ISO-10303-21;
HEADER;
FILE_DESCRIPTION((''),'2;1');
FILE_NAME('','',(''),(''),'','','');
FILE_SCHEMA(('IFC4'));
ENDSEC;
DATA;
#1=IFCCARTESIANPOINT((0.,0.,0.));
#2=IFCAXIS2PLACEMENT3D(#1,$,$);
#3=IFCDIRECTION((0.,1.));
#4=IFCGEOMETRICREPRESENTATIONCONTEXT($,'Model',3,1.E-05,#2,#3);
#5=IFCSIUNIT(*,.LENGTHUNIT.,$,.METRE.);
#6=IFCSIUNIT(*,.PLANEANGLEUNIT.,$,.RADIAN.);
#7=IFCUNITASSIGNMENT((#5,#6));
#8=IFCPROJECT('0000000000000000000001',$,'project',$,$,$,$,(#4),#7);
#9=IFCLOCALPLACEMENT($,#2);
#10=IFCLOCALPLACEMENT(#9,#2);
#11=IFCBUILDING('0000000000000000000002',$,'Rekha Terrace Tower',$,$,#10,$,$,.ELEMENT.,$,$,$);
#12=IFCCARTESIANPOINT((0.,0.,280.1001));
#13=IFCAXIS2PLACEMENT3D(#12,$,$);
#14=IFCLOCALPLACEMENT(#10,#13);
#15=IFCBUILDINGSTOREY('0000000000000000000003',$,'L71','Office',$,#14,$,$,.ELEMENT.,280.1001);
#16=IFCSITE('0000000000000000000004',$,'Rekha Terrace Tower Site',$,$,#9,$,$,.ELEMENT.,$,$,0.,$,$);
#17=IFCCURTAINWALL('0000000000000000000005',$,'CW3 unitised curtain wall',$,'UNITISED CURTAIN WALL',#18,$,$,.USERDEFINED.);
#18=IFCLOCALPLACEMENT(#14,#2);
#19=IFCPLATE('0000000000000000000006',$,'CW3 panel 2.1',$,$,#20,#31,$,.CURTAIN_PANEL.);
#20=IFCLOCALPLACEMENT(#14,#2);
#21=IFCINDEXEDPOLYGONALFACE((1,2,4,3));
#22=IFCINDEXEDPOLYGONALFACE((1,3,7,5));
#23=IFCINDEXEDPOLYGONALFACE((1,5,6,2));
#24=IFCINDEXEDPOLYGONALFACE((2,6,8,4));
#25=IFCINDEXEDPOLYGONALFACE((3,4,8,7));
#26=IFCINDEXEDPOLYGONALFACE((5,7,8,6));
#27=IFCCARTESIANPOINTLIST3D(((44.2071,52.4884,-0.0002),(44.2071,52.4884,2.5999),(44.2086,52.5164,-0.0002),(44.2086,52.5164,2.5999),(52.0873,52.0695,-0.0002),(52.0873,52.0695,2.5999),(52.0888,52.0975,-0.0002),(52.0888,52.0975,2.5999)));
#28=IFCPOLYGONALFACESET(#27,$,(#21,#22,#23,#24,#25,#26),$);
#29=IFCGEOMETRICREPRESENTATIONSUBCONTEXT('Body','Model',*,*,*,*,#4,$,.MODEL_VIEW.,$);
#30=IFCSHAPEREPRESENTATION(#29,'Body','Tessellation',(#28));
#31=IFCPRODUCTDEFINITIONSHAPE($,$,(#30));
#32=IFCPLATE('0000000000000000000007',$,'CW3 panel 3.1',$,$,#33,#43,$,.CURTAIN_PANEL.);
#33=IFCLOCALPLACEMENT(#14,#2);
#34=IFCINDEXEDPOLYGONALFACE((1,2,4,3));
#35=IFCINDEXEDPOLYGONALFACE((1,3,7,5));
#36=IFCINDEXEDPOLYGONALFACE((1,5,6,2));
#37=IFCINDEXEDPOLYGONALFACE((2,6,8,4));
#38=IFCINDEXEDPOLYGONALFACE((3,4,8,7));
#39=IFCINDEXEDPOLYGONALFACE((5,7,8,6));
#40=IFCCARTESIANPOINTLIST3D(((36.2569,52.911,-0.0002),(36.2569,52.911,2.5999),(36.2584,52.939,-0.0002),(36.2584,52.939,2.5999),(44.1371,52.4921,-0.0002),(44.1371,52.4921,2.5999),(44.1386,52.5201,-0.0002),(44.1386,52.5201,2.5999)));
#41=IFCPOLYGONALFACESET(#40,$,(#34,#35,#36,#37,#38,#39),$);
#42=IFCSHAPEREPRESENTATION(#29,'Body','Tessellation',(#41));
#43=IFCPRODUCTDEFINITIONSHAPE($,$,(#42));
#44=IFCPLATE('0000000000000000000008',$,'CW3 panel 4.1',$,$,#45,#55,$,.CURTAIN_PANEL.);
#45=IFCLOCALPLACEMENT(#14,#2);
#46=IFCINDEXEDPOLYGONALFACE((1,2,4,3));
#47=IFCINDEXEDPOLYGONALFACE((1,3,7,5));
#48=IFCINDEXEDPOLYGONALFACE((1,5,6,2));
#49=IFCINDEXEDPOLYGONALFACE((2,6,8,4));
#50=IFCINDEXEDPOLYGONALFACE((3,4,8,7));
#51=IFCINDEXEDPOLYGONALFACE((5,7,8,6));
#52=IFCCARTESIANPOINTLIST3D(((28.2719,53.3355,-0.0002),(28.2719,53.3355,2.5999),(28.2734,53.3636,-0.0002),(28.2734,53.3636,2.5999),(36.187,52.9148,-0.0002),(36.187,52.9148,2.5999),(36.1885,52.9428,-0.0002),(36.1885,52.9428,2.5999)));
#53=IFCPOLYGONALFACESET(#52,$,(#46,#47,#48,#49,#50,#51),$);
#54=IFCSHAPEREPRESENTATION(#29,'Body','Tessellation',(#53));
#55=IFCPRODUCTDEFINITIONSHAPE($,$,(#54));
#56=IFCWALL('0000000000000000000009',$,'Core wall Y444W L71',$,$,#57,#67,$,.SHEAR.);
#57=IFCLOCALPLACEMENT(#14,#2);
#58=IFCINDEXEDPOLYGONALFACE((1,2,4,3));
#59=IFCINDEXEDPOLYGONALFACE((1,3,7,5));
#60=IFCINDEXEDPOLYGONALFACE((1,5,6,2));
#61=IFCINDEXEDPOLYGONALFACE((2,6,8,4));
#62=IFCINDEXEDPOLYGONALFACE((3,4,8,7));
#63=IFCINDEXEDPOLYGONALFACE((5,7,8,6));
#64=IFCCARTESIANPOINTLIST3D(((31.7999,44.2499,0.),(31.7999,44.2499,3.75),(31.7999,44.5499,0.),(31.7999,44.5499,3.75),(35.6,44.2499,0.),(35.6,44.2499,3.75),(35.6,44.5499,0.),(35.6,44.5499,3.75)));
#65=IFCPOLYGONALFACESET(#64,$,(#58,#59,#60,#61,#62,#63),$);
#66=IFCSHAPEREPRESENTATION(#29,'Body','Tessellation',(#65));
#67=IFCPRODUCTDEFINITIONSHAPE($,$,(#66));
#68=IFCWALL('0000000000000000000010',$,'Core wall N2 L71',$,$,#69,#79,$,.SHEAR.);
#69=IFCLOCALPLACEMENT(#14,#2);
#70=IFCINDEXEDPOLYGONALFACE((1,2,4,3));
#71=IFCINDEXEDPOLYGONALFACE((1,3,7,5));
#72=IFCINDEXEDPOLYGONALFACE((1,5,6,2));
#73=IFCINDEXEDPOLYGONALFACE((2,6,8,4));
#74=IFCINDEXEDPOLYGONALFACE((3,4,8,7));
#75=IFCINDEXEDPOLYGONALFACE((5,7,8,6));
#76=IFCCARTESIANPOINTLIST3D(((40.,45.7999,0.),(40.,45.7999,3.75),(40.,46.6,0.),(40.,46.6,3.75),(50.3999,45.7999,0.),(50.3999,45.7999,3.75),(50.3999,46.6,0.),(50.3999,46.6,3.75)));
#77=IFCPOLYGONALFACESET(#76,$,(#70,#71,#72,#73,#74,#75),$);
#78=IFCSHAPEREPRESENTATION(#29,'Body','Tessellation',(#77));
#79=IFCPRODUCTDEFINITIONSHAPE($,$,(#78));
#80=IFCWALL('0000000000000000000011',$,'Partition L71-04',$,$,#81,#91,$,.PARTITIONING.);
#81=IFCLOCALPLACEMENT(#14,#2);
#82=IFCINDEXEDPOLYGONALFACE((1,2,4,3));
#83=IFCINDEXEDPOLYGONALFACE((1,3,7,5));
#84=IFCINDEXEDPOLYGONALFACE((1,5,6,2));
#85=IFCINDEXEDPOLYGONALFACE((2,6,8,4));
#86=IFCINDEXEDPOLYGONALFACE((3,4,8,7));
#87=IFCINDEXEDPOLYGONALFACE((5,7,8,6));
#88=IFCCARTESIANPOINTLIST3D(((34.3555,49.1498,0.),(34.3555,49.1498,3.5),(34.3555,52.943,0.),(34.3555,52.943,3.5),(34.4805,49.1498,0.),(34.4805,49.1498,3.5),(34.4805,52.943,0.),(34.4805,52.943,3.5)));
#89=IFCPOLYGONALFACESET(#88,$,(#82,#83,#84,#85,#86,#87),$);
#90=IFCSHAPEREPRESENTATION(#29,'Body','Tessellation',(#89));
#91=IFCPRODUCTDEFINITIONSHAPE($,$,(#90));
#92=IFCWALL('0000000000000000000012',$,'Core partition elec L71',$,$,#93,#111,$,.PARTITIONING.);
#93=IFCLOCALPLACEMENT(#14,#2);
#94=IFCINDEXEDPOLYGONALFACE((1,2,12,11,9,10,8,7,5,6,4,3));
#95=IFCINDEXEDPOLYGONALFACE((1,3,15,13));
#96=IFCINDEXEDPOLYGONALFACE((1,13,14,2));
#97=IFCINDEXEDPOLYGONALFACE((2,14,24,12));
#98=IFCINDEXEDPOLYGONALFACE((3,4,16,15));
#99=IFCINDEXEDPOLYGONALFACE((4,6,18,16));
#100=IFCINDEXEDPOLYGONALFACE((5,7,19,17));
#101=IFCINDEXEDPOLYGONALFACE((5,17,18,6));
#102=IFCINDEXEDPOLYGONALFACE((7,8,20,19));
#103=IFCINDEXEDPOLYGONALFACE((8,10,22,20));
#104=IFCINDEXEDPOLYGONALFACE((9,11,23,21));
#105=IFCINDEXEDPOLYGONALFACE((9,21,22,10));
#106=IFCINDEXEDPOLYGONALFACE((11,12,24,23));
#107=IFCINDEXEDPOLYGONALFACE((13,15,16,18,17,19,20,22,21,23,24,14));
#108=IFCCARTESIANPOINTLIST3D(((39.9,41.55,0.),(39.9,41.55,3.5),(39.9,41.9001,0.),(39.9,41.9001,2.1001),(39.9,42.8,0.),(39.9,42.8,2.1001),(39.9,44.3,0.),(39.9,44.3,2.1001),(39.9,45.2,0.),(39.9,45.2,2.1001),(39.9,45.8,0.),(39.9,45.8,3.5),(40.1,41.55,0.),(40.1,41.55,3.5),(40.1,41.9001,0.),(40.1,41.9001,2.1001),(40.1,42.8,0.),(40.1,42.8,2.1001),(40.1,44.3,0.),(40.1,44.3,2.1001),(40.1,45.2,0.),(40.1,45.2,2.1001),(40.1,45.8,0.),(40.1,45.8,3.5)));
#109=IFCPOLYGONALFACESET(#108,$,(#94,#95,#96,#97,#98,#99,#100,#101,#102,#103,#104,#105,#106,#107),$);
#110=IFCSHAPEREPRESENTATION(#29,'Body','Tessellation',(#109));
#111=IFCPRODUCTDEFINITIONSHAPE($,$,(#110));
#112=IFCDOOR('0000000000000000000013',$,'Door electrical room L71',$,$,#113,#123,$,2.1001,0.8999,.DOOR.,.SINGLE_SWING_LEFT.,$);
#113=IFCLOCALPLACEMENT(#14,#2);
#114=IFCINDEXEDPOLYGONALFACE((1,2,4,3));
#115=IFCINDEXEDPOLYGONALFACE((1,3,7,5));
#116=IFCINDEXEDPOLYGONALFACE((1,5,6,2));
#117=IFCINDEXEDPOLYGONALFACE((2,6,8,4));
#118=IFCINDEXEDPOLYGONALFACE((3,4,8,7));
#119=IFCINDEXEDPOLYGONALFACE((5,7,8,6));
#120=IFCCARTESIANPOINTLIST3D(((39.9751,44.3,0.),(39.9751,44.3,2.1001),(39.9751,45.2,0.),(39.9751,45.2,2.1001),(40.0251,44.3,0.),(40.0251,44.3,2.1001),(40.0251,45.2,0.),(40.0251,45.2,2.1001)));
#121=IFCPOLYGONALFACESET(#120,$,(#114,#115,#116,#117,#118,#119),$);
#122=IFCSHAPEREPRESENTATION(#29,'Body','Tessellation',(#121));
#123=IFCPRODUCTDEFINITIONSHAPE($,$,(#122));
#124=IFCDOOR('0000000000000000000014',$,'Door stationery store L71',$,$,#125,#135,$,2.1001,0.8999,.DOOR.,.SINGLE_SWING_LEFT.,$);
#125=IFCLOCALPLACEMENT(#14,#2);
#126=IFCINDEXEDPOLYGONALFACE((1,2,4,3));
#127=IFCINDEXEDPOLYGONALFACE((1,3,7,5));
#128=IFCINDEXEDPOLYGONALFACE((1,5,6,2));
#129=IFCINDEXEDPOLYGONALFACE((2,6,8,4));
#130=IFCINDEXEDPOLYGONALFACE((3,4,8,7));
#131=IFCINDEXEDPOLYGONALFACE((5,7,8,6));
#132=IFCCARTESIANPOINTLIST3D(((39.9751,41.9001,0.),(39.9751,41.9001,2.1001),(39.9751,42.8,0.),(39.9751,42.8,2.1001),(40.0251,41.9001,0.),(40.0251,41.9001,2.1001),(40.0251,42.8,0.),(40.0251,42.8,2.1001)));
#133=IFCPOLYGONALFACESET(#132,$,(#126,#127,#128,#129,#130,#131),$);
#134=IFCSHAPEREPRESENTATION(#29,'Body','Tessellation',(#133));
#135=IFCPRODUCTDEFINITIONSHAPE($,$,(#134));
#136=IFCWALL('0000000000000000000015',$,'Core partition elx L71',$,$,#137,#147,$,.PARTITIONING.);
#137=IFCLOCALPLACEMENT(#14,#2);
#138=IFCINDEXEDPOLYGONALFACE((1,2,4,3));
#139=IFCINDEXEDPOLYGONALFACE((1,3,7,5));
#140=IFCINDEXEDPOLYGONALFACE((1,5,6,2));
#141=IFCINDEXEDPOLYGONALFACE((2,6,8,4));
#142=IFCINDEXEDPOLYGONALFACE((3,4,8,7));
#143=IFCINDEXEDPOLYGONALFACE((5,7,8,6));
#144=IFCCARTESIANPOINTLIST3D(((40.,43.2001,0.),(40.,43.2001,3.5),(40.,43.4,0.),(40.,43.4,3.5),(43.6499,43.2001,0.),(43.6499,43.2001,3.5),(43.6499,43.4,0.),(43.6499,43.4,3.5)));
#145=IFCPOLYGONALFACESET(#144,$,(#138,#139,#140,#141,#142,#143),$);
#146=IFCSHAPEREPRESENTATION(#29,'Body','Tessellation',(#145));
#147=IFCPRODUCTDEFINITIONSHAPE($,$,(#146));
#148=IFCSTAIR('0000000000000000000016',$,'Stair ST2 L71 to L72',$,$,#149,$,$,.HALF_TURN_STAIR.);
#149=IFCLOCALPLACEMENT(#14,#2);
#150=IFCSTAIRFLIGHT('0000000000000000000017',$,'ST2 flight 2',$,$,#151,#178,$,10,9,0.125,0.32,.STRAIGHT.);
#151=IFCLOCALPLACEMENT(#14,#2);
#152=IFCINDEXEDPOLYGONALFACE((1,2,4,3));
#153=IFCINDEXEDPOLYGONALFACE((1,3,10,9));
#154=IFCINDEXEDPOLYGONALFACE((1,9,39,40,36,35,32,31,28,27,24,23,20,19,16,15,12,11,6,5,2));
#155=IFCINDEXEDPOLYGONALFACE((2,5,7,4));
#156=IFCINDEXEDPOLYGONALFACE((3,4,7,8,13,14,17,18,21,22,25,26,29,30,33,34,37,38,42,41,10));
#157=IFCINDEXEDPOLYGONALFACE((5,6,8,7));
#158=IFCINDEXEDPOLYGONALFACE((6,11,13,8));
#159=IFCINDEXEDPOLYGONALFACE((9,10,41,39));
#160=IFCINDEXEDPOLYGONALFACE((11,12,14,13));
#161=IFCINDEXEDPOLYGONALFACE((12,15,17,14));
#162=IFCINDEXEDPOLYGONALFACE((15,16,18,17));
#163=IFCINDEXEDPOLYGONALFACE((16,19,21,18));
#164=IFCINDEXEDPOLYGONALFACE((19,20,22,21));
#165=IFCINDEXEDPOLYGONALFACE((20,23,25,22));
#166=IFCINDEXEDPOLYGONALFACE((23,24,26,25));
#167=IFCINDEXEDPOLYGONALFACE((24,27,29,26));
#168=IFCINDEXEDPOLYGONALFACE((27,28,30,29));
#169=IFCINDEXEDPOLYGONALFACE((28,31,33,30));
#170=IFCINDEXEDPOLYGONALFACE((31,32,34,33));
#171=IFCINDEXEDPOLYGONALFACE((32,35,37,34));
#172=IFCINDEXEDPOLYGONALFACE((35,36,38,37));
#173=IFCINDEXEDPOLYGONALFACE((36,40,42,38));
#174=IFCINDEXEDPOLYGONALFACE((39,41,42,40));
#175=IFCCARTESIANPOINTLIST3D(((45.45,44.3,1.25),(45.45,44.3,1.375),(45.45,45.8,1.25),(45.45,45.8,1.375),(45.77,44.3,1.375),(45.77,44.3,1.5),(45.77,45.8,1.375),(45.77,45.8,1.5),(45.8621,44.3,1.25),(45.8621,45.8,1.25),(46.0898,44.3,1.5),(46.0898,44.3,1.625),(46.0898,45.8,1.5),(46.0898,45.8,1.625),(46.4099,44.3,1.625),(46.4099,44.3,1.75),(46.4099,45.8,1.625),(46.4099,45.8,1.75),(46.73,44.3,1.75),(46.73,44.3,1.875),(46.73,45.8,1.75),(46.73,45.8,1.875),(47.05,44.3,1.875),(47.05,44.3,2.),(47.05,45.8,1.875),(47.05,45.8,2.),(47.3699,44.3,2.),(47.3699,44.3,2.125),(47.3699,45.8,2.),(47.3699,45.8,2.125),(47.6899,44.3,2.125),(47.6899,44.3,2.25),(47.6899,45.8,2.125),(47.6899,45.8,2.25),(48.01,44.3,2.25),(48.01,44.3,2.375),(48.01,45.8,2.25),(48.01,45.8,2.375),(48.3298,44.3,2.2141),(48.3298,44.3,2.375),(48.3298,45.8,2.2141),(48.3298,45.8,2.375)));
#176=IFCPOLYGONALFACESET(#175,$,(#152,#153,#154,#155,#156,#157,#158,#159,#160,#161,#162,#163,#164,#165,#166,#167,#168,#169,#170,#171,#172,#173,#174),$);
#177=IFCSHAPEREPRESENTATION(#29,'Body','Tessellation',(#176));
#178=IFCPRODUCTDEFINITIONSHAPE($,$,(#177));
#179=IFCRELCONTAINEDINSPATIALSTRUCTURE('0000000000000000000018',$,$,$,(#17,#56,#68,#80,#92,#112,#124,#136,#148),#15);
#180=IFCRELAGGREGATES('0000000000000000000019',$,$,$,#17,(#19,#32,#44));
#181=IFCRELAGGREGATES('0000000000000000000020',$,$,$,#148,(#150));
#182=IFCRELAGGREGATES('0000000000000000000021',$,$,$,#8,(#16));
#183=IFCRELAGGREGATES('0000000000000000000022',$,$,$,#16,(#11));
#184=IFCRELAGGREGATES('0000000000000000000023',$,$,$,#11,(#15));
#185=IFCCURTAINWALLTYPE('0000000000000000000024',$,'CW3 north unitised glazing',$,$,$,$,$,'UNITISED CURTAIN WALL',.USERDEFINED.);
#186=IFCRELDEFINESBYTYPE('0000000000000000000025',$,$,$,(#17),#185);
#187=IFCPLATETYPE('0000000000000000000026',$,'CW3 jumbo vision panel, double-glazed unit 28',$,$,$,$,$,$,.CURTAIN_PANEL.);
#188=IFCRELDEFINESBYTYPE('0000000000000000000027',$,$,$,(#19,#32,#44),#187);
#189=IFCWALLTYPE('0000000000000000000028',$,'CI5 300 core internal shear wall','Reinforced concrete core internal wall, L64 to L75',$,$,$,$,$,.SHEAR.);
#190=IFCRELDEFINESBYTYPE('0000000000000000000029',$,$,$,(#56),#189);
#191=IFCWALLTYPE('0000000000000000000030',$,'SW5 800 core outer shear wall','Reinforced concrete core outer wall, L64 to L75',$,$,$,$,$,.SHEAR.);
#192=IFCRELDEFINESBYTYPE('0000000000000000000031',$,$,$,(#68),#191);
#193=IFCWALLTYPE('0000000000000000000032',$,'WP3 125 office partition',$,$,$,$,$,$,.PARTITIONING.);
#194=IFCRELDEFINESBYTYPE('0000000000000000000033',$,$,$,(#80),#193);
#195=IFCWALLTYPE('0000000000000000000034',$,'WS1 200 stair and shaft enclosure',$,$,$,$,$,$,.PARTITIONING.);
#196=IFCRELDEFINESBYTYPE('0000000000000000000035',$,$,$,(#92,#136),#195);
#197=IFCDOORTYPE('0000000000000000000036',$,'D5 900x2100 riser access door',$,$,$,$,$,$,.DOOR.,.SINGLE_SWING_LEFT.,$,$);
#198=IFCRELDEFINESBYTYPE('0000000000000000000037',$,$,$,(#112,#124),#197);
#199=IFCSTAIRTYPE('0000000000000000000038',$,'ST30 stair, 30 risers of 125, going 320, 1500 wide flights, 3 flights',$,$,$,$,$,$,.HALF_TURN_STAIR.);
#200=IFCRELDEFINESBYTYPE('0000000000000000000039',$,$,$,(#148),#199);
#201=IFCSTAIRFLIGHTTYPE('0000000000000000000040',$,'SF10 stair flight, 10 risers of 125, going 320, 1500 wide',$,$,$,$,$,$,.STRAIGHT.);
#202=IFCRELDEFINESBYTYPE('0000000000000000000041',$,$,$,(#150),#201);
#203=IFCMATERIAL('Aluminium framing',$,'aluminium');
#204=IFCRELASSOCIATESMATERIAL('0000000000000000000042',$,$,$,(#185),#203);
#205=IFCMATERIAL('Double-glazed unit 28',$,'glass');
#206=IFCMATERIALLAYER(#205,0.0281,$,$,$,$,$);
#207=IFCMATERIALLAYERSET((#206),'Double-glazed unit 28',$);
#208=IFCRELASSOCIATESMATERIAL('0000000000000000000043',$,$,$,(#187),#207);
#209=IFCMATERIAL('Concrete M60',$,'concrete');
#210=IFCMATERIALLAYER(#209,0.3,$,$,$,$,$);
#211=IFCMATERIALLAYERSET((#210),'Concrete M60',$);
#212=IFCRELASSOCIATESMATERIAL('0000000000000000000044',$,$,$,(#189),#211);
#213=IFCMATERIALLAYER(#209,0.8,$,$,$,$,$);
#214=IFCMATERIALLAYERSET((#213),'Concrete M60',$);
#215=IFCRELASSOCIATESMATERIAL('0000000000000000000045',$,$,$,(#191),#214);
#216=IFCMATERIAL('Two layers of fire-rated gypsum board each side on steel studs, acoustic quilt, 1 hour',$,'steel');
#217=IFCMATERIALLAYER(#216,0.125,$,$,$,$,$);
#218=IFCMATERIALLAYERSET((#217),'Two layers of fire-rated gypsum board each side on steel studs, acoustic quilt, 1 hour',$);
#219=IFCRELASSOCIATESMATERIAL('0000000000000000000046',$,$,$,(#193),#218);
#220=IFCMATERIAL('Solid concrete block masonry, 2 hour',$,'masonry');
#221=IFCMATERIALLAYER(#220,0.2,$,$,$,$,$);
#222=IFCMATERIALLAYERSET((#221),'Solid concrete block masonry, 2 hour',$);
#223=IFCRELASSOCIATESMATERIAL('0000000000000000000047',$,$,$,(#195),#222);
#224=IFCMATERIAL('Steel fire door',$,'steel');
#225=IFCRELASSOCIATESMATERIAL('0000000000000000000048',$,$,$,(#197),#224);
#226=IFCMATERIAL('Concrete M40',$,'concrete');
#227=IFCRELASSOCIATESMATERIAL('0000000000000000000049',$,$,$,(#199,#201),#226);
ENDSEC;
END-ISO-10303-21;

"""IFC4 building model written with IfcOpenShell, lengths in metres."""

from ifc_helpers import new_model, si_unit, direction, frame, frame_2d, origin, origin_2d, place, context, subcontext, project, spatial, polyline, rectangle, outline, extrude, material, layer, layer_set, type_object, element, fill, aggregate, save


model = new_model("IFC4")

# Units and contexts
model_context = context("Model", 3, precision=1e-05, world=origin(), true_north=direction((0.0, 1.0)))
body_context = subcontext(model_context, "Body", "Model", "MODEL_VIEW")
ifc_project = project(units=[si_unit("LENGTHUNIT", "METRE"), si_unit("PLANEANGLEUNIT", "RADIAN")], contexts=[model_context])

# Site, building, storey
site_placement = place(None, origin())
site = spatial("IfcSite", under=ifc_project, at=site_placement, Name="Rekha Terrace Tower Site", CompositionType="ELEMENT", RefElevation=0.0)
building_placement = place(site_placement, origin())
building = spatial("IfcBuilding", under=site, at=building_placement, Name="Rekha Terrace Tower", CompositionType="ELEMENT")
storey_placement = place(building_placement, frame((0.0, 0.0, 280.1001)))
storey = spatial("IfcBuildingStorey", under=building, at=storey_placement, Name="L71", Description="Office", CompositionType="ELEMENT", Elevation=280.1001)

# Shared definitions
ifc_material_1 = material(Name="Concrete M60", Category="concrete")

# Curtain wall
ifc_material_2 = material(Name="Aluminium framing", Category="aluminium")
curtain_wall_type = type_object("IfcCurtainWallType", Name="CW3 north unitised glazing", ElementType="UNITISED CURTAIN WALL", PredefinedType="USERDEFINED", material=ifc_material_2)
curtain_wall_placement = place(storey_placement, origin())
curtain_wall = element("IfcCurtainWall", 1, at=curtain_wall_placement, inside=storey, type_object=curtain_wall_type, Name="CW3 unitised curtain wall", ObjectType="UNITISED CURTAIN WALL", PredefinedType="USERDEFINED")

# Plates
ifc_material_3 = material(Name="Double-glazed unit 28", Category="glass")
ifc_layer_1 = layer(ifc_material_3, 0.0281)
ifc_layer_set_1 = layer_set([ifc_layer_1], Name="Double-glazed unit 28")
plate_type = type_object("IfcPlateType", Name="CW3 jumbo vision panel, double-glazed unit 28", PredefinedType="CURTAIN_PANEL", material=ifc_layer_set_1)
plate_1_placement = place(storey_placement, frame((48.1479, 52.293, -0.0002), z_axis=(0.0, 0.0, 1.0), x_axis=(-0.99859, 0.053083, 0.0)))
plate_1 = element("IfcPlate", 2, at=plate_1_placement, type_object=plate_type, Name="CW3 panel 2.1", PredefinedType="CURTAIN_PANEL", context=body_context, shape_type="SweptSolid", body=[
    extrude(rectangle(XDim=7.8914, YDim=0.0281, at=origin_2d()), origin(), (0.0, 0.0, 1.0), 2.6001),
])
plate_2_placement = place(storey_placement, frame((40.1978, 52.7156, -0.0002), z_axis=(0.0, 0.0, 1.0), x_axis=(-0.99859, 0.053083, 0.0)))
plate_2 = element("IfcPlate", 3, at=plate_2_placement, type_object=plate_type, Name="CW3 panel 3.1", PredefinedType="CURTAIN_PANEL", context=body_context, shape_type="SweptSolid", body=[
    extrude(rectangle(XDim=7.8914, YDim=0.0281, at=origin_2d()), origin(), (0.0, 0.0, 1.0), 2.6001),
])
plate_3_placement = place(storey_placement, frame((32.2302, 53.1392, -0.0002), z_axis=(0.0, 0.0, 1.0), x_axis=(-0.99859, 0.053083, 0.0)))
plate_3 = element("IfcPlate", 4, at=plate_3_placement, type_object=plate_type, Name="CW3 panel 4.1", PredefinedType="CURTAIN_PANEL", context=body_context, shape_type="SweptSolid", body=[
    extrude(rectangle(XDim=7.9263, YDim=0.0281, at=origin_2d()), origin(), (0.0, 0.0, 1.0), 2.6001),
])
aggregate(curtain_wall, [plate_1, plate_2, plate_3])

# Walls
ifc_layer_2 = layer(ifc_material_1, 0.3)
ifc_layer_set_2 = layer_set([ifc_layer_2], Name="Concrete M60")
wall_type_1 = type_object("IfcWallType", Name="CI5 300 core internal shear wall", Description="Reinforced concrete core internal wall, L64 to L75", PredefinedType="SHEAR", material=ifc_layer_set_2)
wall_1_placement = place(storey_placement, frame((31.8, 44.3999, 0.0), z_axis=(0.0, 0.0, 1.0), x_axis=(1.0, 0.0, 0.0)))
element("IfcWall", 5, at=wall_1_placement, inside=storey, type_object=wall_type_1, Name="Core wall Y444W L71", PredefinedType="SHEAR", context=body_context, shape_type="SweptSolid", body=[
    extrude(rectangle(XDim=3.8, YDim=0.3, at=frame_2d((1.8999, 0.0))), origin(), (0.0, 0.0, 1.0), 3.75),
])
ifc_layer_3 = layer(ifc_material_1, 0.8)
ifc_layer_set_3 = layer_set([ifc_layer_3], Name="Concrete M60")
wall_type_2 = type_object("IfcWallType", Name="SW5 800 core outer shear wall", Description="Reinforced concrete core outer wall, L64 to L75", PredefinedType="SHEAR", material=ifc_layer_set_3)
wall_2_placement = place(storey_placement, frame((40.0, 46.2, 0.0), z_axis=(0.0, 0.0, 1.0), x_axis=(1.0, 0.0, 0.0)))
element("IfcWall", 6, at=wall_2_placement, inside=storey, type_object=wall_type_2, Name="Core wall N2 L71", PredefinedType="SHEAR", context=body_context, shape_type="SweptSolid", body=[
    extrude(rectangle(XDim=10.3999, YDim=0.8, at=frame_2d((5.2, 0.0))), origin(), (0.0, 0.0, 1.0), 3.75),
])
ifc_material_4 = material(Name="Two layers of fire-rated gypsum board each side on steel studs, acoustic quilt, 1 hour", Category="steel")
ifc_layer_4 = layer(ifc_material_4, 0.125)
ifc_layer_set_4 = layer_set([ifc_layer_4], Name="Two layers of fire-rated gypsum board each side on steel studs, acoustic quilt, 1 hour")
wall_type_3 = type_object("IfcWallType", Name="WP3 125 office partition", PredefinedType="PARTITIONING", material=ifc_layer_set_4)
wall_3_placement = place(storey_placement, frame((34.418, 49.1499, 0.0), z_axis=(0.0, 0.0, 1.0), x_axis=(0.0, 1.0, 0.0)))
element("IfcWall", 7, at=wall_3_placement, inside=storey, type_object=wall_type_3, Name="Partition L71-04", PredefinedType="PARTITIONING", context=body_context, shape_type="SweptSolid", body=[
    extrude(rectangle(XDim=3.7932, YDim=0.125, at=frame_2d((1.8965, 0.0))), origin(), (0.0, 0.0, 1.0), 3.5),
])

# Wall, openings, doors
ifc_material_5 = material(Name="Solid concrete block masonry, 2 hour", Category="masonry")
ifc_layer_5 = layer(ifc_material_5, 0.2)
ifc_layer_set_5 = layer_set([ifc_layer_5], Name="Solid concrete block masonry, 2 hour")
wall_type_4 = type_object("IfcWallType", Name="WS1 200 stair and shaft enclosure", PredefinedType="PARTITIONING", material=ifc_layer_set_5)
wall_4_placement = place(storey_placement, frame((40.0, 41.55, 0.0), z_axis=(0.0, 0.0, 1.0), x_axis=(0.0, 1.0, 0.0)))
wall_4 = element("IfcWall", 8, at=wall_4_placement, inside=storey, type_object=wall_type_4, Name="Core partition elec L71", PredefinedType="PARTITIONING", context=body_context, shape_type="SweptSolid", body=[
    extrude(rectangle(XDim=4.25, YDim=0.2, at=frame_2d((2.125, 0.0))), origin(), (0.0, 0.0, 1.0), 3.5),
])
opening_1_placement = place(wall_4_placement, frame((2.75, 0.0, 0.0)))
opening_1 = element("IfcOpeningElement", 9, at=opening_1_placement, cuts=wall_4, PredefinedType="OPENING", context=body_context, shape_type="SweptSolid", body=[
    extrude(rectangle(XDim=0.8999, YDim=2.1001, at=frame_2d((0.45, 1.05))), frame((0.0, 0.1099, 0.0), z_axis=(0.0, -1.0, 0.0), x_axis=(1.0, 0.0, 0.0)), (0.0, 0.0, 1.0), 0.22),
])
opening_2_placement = place(wall_4_placement, frame((0.3501, 0.0, 0.0)))
opening_2 = element("IfcOpeningElement", 10, at=opening_2_placement, cuts=wall_4, PredefinedType="OPENING", context=body_context, shape_type="SweptSolid", body=[
    extrude(rectangle(XDim=0.8999, YDim=2.1001, at=frame_2d((0.45, 1.05))), frame((0.0, 0.1099, 0.0), z_axis=(0.0, -1.0, 0.0), x_axis=(1.0, 0.0, 0.0)), (0.0, 0.0, 1.0), 0.22),
])
ifc_material_6 = material(Name="Steel fire door", Category="steel")
door_type = type_object("IfcDoorType", Name="D5 900x2100 riser access door", OperationType="SINGLE_SWING_LEFT", PredefinedType="DOOR", material=ifc_material_6)
door_1_placement = place(opening_1_placement, origin())
door_1 = element("IfcDoor", 11, at=door_1_placement, inside=storey, type_object=door_type, Name="Door electrical room L71", OperationType="SINGLE_SWING_LEFT", OverallHeight=2.1001, OverallWidth=0.8999, PredefinedType="DOOR", context=body_context, shape_type="SweptSolid", body=[
    extrude(rectangle(XDim=0.8999, YDim=2.1001, at=frame_2d((0.45, 1.05))), frame((0.0, 0.0249, 0.0), z_axis=(0.0, -1.0, 0.0), x_axis=(1.0, 0.0, 0.0)), (0.0, 0.0, 1.0), 0.05),
])
fill(opening_1, door_1)
door_2_placement = place(opening_2_placement, origin())
door_2 = element("IfcDoor", 12, at=door_2_placement, inside=storey, type_object=door_type, Name="Door stationery store L71", OperationType="SINGLE_SWING_LEFT", OverallHeight=2.1001, OverallWidth=0.8999, PredefinedType="DOOR", context=body_context, shape_type="SweptSolid", body=[
    extrude(rectangle(XDim=0.8999, YDim=2.1001, at=frame_2d((0.45, 1.05))), frame((0.0, 0.0249, 0.0), z_axis=(0.0, -1.0, 0.0), x_axis=(1.0, 0.0, 0.0)), (0.0, 0.0, 1.0), 0.05),
])
fill(opening_2, door_2)

# Wall
wall_5_placement = place(storey_placement, frame((40.0, 43.3, 0.0), z_axis=(0.0, 0.0, 1.0), x_axis=(1.0, 0.0, 0.0)))
element("IfcWall", 13, at=wall_5_placement, inside=storey, type_object=wall_type_4, Name="Core partition elx L71", PredefinedType="PARTITIONING", context=body_context, shape_type="SweptSolid", body=[
    extrude(rectangle(XDim=3.6499, YDim=0.2, at=frame_2d((1.825, 0.0))), origin(), (0.0, 0.0, 1.0), 3.5),
])

# Stair, stair flight
ifc_material_7 = material(Name="Concrete M40", Category="concrete")
stair_type = type_object("IfcStairType", Name="ST30 stair, 30 risers of 125, going 320, 1500 wide flights, 3 flights", PredefinedType="HALF_TURN_STAIR", material=ifc_material_7)
stair_placement = place(storey_placement, origin())
stair = element("IfcStair", 14, at=stair_placement, inside=storey, type_object=stair_type, Name="Stair ST2 L71 to L72", PredefinedType="HALF_TURN_STAIR")
stair_flight_type = type_object("IfcStairFlightType", Name="SF10 stair flight, 10 risers of 125, going 320, 1500 wide", PredefinedType="STRAIGHT", material=ifc_material_7)
stair_flight_placement = place(storey_placement, frame((45.45, 45.05, 1.25), z_axis=(0.0, 0.0, 1.0), x_axis=(1.0, 0.0, 0.0)))
stair_flight = element("IfcStairFlight", 15, at=stair_flight_placement, type_object=stair_flight_type, Name="ST2 flight 2", NumberOfRisers=10, NumberOfTreads=9, PredefinedType="STRAIGHT", RiserHeight=0.125, TreadLength=0.32, context=body_context, shape_type="SweptSolid", body=[
    extrude(outline(polyline([(0.0, 0.0), (0.0, 0.125), (0.3201, 0.125), (0.3201, 0.25), (0.6399, 0.25), (0.6399, 0.375), (0.96, 0.375), (0.96, 0.5), (1.28, 0.5), (1.28, 0.625), (1.6001, 0.625), (1.6001, 0.75), (1.9199, 0.75), (1.9199, 0.875), (2.24, 0.875), (2.24, 1.0), (2.5601, 1.0), (2.5601, 1.125), (2.8799, 1.125), (2.8799, 1.25), (2.8799, 0.9641), (0.4121, 0.0), (0.0, 0.0)])), frame((0.0, 0.75, 0.0), z_axis=(0.0, -1.0, 0.0), x_axis=(1.0, 0.0, 0.0)), (0.0, 0.0, 1.0), 1.5),
])
aggregate(stair, [stair_flight])

save(model, "model.ifc")
